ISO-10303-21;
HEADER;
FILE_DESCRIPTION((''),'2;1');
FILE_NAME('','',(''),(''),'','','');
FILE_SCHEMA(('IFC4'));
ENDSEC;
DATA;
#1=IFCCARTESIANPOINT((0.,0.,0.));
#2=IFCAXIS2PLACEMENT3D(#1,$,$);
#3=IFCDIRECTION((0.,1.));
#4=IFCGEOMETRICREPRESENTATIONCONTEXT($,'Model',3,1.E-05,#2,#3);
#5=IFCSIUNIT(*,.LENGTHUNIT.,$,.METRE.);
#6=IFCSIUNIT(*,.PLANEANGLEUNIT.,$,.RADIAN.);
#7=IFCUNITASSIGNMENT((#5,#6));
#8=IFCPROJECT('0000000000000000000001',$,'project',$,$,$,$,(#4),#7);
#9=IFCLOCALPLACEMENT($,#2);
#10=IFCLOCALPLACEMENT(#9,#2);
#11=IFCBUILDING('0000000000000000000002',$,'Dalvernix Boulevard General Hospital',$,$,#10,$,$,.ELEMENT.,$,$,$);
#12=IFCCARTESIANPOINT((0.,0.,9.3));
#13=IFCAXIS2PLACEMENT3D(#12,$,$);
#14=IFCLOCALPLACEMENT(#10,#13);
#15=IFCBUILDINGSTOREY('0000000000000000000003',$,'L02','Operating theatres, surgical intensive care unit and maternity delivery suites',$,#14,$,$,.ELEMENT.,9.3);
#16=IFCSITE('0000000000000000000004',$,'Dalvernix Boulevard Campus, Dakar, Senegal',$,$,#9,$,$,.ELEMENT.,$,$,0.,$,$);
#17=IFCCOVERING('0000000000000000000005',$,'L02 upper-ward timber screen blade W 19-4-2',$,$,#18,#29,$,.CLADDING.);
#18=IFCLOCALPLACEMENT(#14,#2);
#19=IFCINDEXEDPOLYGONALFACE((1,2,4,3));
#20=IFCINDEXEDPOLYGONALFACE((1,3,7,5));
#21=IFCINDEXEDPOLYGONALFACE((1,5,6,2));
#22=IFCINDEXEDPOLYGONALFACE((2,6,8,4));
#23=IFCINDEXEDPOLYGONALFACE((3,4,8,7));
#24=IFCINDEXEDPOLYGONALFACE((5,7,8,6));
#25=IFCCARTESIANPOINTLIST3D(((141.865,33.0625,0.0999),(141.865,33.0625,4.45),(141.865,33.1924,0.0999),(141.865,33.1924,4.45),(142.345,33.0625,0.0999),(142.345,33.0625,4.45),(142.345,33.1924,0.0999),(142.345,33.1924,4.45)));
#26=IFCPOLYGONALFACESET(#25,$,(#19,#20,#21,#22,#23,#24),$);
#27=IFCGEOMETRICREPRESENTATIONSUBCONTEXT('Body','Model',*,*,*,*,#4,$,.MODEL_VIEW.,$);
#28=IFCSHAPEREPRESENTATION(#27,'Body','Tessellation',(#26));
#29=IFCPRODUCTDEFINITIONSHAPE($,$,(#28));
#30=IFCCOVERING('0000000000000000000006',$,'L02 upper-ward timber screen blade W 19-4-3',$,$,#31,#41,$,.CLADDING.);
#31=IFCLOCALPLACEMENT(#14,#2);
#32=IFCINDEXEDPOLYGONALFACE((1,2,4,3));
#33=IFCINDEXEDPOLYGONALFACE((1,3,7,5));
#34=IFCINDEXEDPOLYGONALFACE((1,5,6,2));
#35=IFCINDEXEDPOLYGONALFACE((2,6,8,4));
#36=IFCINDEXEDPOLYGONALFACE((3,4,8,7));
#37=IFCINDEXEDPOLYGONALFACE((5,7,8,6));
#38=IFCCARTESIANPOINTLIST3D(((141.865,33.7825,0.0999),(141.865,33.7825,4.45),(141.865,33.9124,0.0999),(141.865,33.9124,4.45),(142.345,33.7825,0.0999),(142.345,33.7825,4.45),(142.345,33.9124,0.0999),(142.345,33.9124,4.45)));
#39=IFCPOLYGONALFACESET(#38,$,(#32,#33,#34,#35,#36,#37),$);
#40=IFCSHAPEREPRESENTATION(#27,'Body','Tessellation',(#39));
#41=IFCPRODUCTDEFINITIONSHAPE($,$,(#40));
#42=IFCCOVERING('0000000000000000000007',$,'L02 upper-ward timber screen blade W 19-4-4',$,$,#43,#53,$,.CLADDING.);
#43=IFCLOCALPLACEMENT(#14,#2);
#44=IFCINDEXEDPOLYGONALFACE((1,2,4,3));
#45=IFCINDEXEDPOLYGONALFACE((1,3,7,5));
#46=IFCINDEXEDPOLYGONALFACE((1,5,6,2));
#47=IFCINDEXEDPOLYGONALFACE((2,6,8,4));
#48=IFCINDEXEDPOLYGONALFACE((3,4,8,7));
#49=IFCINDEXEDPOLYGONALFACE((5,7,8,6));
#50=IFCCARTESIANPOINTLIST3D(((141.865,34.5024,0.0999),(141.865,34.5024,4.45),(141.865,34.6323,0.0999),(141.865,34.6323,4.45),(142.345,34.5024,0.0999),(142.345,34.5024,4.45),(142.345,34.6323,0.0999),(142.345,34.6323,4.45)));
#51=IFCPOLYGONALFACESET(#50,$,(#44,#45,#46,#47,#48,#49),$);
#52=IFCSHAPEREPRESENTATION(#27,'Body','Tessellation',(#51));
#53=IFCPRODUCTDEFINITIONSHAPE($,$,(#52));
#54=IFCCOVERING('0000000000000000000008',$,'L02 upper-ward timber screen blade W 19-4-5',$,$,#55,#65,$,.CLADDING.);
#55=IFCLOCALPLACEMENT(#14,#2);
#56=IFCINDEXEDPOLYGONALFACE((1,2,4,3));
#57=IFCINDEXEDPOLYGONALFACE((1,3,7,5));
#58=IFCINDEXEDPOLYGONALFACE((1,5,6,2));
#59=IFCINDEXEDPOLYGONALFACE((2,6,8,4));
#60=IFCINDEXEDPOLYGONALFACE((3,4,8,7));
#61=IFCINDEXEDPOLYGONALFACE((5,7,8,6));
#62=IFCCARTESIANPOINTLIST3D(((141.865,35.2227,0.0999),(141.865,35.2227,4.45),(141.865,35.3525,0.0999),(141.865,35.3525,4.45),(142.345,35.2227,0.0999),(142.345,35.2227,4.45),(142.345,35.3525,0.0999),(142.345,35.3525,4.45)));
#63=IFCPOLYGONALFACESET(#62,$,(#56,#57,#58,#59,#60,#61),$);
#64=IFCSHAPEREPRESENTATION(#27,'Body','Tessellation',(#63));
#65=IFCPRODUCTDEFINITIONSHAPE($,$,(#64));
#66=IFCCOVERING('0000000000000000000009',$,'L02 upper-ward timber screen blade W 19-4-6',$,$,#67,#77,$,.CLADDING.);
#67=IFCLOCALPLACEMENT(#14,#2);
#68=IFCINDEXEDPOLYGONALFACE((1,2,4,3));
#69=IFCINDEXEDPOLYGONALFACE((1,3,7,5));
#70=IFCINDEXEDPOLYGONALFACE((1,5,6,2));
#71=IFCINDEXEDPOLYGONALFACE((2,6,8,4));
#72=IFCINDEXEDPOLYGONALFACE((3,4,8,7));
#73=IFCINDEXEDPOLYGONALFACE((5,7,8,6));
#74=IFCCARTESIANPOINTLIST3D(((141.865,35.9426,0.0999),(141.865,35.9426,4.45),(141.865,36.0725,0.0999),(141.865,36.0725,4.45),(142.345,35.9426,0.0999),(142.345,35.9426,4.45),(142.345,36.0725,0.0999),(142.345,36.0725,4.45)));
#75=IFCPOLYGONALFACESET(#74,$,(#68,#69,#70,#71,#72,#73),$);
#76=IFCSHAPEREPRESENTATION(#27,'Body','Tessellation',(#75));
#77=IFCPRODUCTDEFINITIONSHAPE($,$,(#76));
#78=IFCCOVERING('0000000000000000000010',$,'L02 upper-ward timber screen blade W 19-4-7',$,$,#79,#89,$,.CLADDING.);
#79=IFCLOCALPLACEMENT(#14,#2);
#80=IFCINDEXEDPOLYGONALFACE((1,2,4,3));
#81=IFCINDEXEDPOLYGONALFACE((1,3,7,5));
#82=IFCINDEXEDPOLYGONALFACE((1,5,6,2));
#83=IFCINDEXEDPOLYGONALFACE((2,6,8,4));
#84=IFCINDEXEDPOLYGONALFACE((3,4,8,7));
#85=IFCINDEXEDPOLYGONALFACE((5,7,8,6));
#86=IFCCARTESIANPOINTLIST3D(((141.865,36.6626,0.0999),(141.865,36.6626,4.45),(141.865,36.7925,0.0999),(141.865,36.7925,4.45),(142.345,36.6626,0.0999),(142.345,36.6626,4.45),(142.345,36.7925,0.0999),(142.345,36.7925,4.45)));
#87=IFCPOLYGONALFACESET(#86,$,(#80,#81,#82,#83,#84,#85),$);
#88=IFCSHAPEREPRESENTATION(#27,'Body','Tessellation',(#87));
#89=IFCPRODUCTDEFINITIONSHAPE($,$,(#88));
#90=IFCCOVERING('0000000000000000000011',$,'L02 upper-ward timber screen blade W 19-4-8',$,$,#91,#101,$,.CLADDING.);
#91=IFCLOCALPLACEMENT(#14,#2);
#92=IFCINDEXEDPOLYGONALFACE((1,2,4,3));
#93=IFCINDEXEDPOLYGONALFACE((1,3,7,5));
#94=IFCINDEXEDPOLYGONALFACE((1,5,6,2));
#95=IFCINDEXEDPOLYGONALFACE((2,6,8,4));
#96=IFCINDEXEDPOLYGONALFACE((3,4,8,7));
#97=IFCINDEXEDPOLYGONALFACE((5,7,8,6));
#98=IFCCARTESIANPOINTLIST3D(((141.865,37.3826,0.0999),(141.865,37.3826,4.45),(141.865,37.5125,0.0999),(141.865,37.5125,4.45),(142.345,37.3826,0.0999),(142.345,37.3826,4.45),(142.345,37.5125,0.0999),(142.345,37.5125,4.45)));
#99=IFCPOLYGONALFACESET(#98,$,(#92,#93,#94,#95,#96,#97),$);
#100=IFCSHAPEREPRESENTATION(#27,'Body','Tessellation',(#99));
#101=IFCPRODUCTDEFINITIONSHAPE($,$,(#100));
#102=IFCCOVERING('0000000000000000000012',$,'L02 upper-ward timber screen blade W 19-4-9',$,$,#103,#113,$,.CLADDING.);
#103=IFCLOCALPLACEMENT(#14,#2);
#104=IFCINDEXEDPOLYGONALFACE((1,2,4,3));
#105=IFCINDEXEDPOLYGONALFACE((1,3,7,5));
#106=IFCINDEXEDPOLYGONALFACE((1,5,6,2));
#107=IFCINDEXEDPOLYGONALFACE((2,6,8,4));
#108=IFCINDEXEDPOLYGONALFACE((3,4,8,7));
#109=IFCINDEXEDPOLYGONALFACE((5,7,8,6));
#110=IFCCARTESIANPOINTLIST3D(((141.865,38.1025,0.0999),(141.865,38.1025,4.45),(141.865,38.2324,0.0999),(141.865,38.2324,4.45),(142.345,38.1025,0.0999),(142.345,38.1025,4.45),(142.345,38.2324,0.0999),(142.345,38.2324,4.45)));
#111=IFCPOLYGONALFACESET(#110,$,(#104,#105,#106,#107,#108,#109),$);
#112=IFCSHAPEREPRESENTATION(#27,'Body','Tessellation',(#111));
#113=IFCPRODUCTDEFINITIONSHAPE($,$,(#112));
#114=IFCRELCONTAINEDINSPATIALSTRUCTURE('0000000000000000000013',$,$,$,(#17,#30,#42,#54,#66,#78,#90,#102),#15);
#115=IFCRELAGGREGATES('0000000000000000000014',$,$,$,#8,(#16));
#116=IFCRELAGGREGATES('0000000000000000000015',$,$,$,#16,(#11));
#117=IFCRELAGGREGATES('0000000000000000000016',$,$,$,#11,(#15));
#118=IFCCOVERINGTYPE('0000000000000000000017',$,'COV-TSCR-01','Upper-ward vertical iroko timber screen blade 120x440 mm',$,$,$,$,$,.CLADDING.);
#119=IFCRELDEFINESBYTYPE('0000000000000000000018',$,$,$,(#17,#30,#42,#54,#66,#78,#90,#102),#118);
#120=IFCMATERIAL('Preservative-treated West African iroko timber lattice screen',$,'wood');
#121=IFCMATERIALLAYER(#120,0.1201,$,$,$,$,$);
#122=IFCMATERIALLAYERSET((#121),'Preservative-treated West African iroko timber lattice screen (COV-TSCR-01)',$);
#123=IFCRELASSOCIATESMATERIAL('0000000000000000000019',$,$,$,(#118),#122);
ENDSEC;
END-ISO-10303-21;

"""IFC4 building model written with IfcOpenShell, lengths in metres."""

from ifc_helpers import new_model, si_unit, direction, frame, origin, origin_2d, place, context, subcontext, project, spatial, rectangle, extrude, material, layer, layer_set, type_object, element, save


model = new_model("IFC4")

# Units and contexts
model_context = context("Model", 3, precision=1e-05, world=origin(), true_north=direction((0.0, 1.0)))
body_context = subcontext(model_context, "Body", "Model", "MODEL_VIEW")
ifc_project = project(units=[si_unit("LENGTHUNIT", "METRE"), si_unit("PLANEANGLEUNIT", "RADIAN")], contexts=[model_context])

# Site, building, storey
site_placement = place(None, origin())
site = spatial("IfcSite", under=ifc_project, at=site_placement, Name="Dalvernix Boulevard Campus, Dakar, Senegal", CompositionType="ELEMENT", RefElevation=0.0)
building_placement = place(site_placement, origin())
building = spatial("IfcBuilding", under=site, at=building_placement, Name="Dalvernix Boulevard General Hospital", CompositionType="ELEMENT")
storey_placement = place(building_placement, frame((0.0, 0.0, 9.3)))
storey = spatial("IfcBuildingStorey", under=building, at=storey_placement, Name="L02", Description="Operating theatres, surgical intensive care unit and maternity delivery suites", CompositionType="ELEMENT", Elevation=9.3)

# Coverings
ifc_material_1 = material(Name="Preservative-treated West African iroko timber lattice screen", Category="wood")
ifc_layer_1 = layer(ifc_material_1, 0.1201)
ifc_layer_set_1 = layer_set([ifc_layer_1], Name="Preservative-treated West African iroko timber lattice screen (COV-TSCR-01)")
covering_type_1 = type_object("IfcCoveringType", Name="COV-TSCR-01", Description="Upper-ward vertical iroko timber screen blade 120x440 mm", PredefinedType="CLADDING", material=ifc_layer_set_1)
for number, where, z_axis, x_axis, name in (
    (1, (142.105, 33.1274, 0.0999), (0.0, 0.0, 1.0), (0.0, 1.0, 0.0), "L02 upper-ward timber screen blade W 19-4-2"),
    (2, (142.105, 33.8474, 0.0999), (0.0, 0.0, 1.0), (0.0, 1.0, 0.0), "L02 upper-ward timber screen blade W 19-4-3"),
    (3, (142.105, 34.5674, 0.0999), (0.0, 0.0, 1.0), (0.0, 1.0, 0.0), "L02 upper-ward timber screen blade W 19-4-4"),
    (4, (142.105, 35.2876, 0.0999), (0.0, 0.0, 1.0), (0.0, 1.0, 0.0), "L02 upper-ward timber screen blade W 19-4-5"),
    (5, (142.105, 36.0076, 0.0999), (0.0, 0.0, 1.0), (0.0, 1.0, 0.0), "L02 upper-ward timber screen blade W 19-4-6"),
    (6, (142.105, 36.7275, 0.0999), (0.0, 0.0, 1.0), (0.0, 1.0, 0.0), "L02 upper-ward timber screen blade W 19-4-7"),
    (7, (142.105, 37.4475, 0.0999), (0.0, 0.0, 1.0), (0.0, 1.0, 0.0), "L02 upper-ward timber screen blade W 19-4-8"),
    (8, (142.105, 38.1675, 0.0999), (0.0, 0.0, 1.0), (0.0, 1.0, 0.0), "L02 upper-ward timber screen blade W 19-4-9"),
):
    element("IfcCovering", number, at=place(storey_placement, frame(where, z_axis=z_axis, x_axis=x_axis)), inside=storey, type_object=covering_type_1, Name=name, PredefinedType="CLADDING", context=body_context, shape_type="SweptSolid", body=[
        extrude(rectangle(XDim=0.1299, YDim=0.48, at=origin_2d()), origin(), (0.0, 0.0, 1.0), 4.3501),
    ])

save(model, "model.ifc")
